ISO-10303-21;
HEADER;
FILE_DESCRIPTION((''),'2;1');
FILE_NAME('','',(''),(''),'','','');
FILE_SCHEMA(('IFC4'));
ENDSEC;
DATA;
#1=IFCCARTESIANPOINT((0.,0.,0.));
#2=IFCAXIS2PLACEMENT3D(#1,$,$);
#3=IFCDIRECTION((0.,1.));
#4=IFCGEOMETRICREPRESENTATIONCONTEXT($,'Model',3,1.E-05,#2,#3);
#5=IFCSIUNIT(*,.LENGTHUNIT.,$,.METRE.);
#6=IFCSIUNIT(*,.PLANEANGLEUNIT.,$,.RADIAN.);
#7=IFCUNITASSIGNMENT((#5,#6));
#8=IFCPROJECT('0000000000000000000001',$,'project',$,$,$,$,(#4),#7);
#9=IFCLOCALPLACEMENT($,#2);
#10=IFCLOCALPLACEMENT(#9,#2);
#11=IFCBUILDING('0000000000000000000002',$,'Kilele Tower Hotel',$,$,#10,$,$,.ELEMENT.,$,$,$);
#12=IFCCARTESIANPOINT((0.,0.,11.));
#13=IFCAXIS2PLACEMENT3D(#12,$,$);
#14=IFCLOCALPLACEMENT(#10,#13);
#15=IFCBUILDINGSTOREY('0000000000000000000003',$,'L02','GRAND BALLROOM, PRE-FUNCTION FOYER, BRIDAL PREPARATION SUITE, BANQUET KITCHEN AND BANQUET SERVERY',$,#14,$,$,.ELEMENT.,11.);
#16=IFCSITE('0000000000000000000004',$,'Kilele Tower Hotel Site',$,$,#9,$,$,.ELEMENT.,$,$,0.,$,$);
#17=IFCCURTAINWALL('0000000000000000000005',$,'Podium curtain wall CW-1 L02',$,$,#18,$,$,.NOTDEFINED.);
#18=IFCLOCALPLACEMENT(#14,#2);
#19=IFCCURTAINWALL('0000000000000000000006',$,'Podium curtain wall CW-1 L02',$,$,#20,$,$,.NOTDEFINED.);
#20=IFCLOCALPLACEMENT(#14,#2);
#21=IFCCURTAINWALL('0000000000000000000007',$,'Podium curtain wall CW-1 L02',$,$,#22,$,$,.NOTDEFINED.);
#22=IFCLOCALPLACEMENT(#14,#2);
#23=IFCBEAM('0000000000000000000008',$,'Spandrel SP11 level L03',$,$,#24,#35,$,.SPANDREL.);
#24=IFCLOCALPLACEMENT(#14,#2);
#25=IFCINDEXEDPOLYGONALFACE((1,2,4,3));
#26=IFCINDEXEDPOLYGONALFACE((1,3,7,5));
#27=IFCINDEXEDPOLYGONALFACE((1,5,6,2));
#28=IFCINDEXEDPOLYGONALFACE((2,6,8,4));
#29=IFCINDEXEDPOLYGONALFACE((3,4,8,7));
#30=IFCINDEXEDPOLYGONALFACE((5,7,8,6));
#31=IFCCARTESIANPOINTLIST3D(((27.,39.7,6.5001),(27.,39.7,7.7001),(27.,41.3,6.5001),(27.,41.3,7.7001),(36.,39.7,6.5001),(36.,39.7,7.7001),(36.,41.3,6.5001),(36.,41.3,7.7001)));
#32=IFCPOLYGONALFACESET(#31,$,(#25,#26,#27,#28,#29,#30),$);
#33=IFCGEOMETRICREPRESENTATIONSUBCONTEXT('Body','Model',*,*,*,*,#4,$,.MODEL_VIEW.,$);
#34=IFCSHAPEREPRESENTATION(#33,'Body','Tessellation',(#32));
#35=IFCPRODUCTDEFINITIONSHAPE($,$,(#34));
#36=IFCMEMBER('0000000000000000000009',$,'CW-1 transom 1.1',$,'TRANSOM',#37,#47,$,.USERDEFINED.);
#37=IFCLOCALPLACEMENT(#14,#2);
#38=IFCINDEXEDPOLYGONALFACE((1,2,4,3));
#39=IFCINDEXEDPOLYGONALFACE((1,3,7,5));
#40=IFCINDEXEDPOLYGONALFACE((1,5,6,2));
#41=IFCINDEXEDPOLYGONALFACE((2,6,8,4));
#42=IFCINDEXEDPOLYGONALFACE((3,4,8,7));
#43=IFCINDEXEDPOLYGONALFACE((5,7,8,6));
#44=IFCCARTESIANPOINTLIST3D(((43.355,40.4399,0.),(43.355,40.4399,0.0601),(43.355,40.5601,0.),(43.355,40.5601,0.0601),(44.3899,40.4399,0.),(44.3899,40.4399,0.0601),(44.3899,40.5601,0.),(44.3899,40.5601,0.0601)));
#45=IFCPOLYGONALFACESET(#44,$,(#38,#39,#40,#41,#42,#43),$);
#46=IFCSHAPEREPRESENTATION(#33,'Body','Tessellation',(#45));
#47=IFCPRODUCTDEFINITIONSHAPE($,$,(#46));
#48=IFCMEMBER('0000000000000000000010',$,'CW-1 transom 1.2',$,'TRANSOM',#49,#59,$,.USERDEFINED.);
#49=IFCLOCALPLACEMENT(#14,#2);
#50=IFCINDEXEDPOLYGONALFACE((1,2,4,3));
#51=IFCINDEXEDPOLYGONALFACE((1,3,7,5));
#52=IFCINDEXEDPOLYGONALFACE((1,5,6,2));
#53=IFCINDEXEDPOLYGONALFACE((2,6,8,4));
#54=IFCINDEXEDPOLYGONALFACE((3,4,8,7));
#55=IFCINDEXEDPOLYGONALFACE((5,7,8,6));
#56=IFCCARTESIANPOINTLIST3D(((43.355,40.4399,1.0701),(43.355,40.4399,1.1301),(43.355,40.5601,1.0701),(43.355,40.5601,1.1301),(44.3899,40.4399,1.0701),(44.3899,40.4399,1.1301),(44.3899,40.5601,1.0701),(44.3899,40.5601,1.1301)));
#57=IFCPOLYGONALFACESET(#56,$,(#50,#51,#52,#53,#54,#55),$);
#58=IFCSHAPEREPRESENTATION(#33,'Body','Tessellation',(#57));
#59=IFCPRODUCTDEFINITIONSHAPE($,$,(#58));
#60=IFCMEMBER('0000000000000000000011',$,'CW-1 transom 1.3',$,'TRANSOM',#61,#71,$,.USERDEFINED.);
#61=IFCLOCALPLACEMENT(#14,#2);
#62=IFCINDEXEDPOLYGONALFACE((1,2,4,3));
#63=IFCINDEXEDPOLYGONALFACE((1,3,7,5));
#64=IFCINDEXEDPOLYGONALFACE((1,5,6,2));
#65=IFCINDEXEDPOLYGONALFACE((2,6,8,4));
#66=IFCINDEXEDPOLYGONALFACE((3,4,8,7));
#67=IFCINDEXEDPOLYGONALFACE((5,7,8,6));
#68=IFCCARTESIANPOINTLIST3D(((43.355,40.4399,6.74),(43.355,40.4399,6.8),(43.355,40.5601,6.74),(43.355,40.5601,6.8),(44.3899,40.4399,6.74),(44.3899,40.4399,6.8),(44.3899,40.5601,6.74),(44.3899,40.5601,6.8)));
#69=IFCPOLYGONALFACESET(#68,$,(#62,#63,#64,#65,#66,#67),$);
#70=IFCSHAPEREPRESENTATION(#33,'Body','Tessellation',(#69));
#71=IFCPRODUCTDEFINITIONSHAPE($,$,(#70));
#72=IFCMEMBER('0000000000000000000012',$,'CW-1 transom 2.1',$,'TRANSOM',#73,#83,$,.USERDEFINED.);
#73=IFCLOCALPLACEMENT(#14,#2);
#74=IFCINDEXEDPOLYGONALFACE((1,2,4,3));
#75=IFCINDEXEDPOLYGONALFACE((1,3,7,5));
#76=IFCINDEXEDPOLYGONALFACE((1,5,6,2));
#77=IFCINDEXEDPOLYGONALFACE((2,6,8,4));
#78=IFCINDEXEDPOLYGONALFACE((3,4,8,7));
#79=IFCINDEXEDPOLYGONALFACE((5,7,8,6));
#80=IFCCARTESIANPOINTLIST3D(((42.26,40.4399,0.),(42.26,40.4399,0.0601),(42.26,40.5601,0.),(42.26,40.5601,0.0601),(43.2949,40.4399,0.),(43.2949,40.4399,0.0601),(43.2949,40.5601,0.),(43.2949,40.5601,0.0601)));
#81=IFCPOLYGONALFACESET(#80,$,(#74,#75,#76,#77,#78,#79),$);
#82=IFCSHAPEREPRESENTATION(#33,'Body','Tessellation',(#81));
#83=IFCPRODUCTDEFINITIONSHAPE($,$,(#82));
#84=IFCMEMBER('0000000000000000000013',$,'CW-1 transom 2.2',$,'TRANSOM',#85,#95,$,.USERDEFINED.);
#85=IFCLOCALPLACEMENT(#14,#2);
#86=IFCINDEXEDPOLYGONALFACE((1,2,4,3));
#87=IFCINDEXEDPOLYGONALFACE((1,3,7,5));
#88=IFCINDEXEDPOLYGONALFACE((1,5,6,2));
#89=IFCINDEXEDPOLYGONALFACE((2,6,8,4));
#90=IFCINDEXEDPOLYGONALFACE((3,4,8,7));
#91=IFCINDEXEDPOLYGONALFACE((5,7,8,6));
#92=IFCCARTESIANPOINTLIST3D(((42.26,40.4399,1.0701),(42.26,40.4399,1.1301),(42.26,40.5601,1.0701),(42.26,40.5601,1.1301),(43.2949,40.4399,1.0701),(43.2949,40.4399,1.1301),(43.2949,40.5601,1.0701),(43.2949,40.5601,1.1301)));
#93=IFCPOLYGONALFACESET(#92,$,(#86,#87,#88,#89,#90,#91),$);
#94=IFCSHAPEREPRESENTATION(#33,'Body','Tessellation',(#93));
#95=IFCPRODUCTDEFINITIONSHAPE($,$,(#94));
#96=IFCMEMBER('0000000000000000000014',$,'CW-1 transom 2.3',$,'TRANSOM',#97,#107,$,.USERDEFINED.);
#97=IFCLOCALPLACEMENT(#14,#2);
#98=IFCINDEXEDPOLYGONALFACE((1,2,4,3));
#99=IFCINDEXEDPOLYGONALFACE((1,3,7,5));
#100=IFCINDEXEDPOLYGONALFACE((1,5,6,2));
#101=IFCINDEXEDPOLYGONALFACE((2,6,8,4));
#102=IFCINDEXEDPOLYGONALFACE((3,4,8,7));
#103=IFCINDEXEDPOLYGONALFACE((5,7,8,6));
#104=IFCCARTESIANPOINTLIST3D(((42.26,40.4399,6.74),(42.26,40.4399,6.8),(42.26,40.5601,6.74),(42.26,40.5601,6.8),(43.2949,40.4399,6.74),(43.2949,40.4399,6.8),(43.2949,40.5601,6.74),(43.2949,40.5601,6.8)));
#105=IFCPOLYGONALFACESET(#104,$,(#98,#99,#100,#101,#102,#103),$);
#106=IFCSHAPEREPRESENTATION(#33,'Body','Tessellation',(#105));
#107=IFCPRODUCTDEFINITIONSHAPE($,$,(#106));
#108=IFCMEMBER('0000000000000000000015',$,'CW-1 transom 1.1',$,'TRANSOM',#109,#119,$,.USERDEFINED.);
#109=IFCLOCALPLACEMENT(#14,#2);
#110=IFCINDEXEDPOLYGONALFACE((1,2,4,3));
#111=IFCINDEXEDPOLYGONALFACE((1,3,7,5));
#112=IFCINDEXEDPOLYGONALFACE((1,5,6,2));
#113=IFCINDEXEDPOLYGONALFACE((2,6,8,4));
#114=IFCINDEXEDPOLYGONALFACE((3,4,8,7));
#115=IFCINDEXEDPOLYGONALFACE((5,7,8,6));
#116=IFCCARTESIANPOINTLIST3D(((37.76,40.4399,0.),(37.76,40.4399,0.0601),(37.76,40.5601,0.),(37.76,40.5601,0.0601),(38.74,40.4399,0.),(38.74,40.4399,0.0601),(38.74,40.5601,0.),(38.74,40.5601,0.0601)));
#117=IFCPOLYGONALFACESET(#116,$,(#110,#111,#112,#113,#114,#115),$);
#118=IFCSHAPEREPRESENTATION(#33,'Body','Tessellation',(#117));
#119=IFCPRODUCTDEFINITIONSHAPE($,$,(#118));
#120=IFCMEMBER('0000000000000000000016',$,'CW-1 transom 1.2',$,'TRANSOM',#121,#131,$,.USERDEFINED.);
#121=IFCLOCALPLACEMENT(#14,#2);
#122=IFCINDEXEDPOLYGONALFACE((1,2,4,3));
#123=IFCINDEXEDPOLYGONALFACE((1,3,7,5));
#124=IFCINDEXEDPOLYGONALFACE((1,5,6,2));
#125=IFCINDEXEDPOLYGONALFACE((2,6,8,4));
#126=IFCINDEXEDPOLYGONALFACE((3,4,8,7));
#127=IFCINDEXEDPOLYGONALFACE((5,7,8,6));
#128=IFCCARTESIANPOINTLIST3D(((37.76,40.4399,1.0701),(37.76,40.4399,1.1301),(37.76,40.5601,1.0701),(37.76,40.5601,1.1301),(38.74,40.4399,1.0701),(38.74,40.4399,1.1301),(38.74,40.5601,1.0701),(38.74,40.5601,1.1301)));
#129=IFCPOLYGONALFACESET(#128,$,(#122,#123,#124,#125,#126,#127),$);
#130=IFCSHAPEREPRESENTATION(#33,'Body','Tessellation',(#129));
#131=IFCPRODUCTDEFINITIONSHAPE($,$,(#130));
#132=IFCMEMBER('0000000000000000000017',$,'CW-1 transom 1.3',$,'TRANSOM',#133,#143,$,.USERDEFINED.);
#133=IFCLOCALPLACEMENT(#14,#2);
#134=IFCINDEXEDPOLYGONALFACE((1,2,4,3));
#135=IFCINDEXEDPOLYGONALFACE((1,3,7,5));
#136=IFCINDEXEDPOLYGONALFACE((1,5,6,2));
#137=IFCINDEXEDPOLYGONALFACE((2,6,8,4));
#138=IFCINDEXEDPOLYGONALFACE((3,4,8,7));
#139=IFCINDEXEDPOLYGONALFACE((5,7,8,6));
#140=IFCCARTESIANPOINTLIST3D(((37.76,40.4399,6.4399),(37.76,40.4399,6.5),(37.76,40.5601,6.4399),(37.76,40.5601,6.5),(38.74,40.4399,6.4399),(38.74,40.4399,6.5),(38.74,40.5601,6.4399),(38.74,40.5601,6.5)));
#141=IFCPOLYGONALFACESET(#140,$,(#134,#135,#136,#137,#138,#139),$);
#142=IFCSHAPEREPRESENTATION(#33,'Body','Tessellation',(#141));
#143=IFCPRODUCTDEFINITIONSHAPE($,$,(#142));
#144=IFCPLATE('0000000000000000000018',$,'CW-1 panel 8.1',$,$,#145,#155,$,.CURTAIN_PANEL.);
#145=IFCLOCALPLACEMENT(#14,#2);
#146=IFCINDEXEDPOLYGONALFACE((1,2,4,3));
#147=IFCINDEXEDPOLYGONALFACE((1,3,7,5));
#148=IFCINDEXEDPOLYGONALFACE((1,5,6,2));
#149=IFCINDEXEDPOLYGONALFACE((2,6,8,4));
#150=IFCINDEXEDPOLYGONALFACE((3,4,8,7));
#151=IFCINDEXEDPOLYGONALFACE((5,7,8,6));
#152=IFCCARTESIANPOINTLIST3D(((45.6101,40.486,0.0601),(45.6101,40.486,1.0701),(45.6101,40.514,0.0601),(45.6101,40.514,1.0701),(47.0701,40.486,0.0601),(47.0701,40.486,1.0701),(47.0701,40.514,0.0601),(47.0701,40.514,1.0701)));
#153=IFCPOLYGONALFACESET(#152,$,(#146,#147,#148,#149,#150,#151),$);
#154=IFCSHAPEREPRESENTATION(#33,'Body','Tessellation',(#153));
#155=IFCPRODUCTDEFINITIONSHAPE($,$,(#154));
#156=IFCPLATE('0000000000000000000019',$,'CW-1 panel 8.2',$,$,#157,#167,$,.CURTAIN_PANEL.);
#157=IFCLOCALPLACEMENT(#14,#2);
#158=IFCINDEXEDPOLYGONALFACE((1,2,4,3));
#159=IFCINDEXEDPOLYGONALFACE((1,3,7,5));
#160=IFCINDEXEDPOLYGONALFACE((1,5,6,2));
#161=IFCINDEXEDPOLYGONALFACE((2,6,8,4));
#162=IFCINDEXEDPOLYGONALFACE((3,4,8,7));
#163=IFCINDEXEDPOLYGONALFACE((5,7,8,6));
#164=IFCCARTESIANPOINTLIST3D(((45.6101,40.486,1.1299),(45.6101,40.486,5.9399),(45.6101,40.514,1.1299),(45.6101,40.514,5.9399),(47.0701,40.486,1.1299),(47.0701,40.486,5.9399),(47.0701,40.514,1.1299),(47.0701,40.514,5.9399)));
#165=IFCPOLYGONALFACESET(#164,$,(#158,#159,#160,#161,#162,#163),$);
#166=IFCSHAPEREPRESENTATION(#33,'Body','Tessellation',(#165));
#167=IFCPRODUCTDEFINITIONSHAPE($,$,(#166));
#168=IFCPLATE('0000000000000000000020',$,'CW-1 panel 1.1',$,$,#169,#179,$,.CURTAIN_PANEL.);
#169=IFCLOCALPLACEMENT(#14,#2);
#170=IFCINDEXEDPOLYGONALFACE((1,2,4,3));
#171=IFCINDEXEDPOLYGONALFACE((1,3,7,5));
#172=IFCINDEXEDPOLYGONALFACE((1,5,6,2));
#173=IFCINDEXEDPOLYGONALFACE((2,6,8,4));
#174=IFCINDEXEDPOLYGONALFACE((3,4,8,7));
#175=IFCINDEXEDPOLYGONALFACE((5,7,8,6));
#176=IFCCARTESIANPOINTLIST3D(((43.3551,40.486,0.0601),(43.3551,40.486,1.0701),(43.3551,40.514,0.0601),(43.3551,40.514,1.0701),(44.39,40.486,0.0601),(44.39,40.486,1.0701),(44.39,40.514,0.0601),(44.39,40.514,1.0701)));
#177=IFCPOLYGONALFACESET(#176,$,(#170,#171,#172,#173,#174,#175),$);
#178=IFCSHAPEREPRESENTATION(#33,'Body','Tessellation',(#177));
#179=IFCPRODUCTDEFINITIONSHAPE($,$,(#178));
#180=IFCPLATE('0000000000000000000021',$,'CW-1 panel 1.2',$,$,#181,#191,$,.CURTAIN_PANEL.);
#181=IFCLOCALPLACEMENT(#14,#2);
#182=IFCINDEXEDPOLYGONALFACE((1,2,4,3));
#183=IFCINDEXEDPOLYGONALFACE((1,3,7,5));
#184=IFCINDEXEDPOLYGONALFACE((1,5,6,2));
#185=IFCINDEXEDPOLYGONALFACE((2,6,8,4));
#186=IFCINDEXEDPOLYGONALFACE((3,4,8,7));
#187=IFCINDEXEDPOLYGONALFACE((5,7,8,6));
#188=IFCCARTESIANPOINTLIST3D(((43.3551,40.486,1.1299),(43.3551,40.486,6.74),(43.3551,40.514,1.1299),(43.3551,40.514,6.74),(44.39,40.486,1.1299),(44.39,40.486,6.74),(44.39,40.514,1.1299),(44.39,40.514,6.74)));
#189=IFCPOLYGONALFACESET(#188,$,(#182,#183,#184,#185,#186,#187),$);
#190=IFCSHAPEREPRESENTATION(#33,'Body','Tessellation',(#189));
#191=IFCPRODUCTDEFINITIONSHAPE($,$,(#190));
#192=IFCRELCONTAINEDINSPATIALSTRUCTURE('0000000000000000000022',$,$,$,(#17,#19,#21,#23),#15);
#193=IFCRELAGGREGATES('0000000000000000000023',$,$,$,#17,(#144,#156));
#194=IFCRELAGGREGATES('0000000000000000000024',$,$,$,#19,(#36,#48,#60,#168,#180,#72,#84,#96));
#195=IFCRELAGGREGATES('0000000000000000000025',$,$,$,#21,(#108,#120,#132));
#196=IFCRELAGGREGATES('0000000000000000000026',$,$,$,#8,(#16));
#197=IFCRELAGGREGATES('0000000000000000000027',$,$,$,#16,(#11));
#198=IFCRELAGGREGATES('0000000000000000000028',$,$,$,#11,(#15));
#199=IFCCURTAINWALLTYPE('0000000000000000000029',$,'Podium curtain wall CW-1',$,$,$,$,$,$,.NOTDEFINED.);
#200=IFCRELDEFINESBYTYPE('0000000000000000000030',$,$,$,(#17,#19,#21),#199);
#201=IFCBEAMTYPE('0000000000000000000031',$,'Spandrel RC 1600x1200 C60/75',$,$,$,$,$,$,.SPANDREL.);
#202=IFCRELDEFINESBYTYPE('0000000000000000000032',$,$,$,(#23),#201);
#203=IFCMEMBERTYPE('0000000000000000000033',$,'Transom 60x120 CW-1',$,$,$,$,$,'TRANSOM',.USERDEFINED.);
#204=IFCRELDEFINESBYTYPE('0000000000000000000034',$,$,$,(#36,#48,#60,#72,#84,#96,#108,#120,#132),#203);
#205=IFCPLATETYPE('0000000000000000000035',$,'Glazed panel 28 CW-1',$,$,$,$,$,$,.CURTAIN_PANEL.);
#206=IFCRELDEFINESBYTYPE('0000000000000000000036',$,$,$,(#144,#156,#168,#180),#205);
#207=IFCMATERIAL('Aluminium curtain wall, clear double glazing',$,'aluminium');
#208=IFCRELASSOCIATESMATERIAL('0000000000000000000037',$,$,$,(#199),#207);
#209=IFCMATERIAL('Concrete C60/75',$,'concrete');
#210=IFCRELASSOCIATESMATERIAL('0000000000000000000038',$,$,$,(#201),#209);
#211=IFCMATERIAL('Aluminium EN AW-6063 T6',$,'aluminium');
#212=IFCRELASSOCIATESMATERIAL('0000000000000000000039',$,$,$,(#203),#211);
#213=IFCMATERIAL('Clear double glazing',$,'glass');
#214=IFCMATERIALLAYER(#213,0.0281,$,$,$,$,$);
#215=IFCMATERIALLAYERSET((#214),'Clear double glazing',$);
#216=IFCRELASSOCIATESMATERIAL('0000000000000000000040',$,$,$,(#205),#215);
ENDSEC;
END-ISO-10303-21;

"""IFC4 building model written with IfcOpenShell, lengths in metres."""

from ifc_helpers import new_model, si_unit, direction, frame, origin, origin_2d, place, context, subcontext, project, spatial, rectangle, extrude, material, layer, layer_set, material_profile, profile_set, type_object, element, aggregate, save


model = new_model("IFC4")

# Units and contexts
model_context = context("Model", 3, precision=1e-05, world=origin(), true_north=direction((0.0, 1.0)))
body_context = subcontext(model_context, "Body", "Model", "MODEL_VIEW")
ifc_project = project(units=[si_unit("LENGTHUNIT", "METRE"), si_unit("PLANEANGLEUNIT", "RADIAN")], contexts=[model_context])

# Site, building, storey
site_placement = place(None, origin())
site = spatial("IfcSite", under=ifc_project, at=site_placement, Name="Kilele Tower Hotel Site", CompositionType="ELEMENT", RefElevation=0.0)
building_placement = place(site_placement, origin())
building = spatial("IfcBuilding", under=site, at=building_placement, Name="Kilele Tower Hotel", CompositionType="ELEMENT")
storey_placement = place(building_placement, frame((0.0, 0.0, 11.0)))
storey = spatial("IfcBuildingStorey", under=building, at=storey_placement, Name="L02", Description="GRAND BALLROOM, PRE-FUNCTION FOYER, BRIDAL PREPARATION SUITE, BANQUET KITCHEN AND BANQUET SERVERY", CompositionType="ELEMENT", Elevation=11.0)

# Curtain wall
ifc_material_1 = material(Name="Aluminium curtain wall, clear double glazing", Category="aluminium")
curtain_wall_type = type_object("IfcCurtainWallType", Name="Podium curtain wall CW-1", PredefinedType="NOTDEFINED", material=ifc_material_1)
curtain_wall_1_placement = place(storey_placement, origin())
curtain_wall_1 = element("IfcCurtainWall", 1, at=curtain_wall_1_placement, inside=storey, type_object=curtain_wall_type, Name="Podium curtain wall CW-1 L02", PredefinedType="NOTDEFINED")

# Curtain walls
curtain_wall_2_placement = place(storey_placement, origin())
curtain_wall_2 = element("IfcCurtainWall", 2, at=curtain_wall_2_placement, inside=storey, type_object=curtain_wall_type, Name="Podium curtain wall CW-1 L02", PredefinedType="NOTDEFINED")
curtain_wall_3_placement = place(storey_placement, origin())
curtain_wall_3 = element("IfcCurtainWall", 3, at=curtain_wall_3_placement, inside=storey, type_object=curtain_wall_type, Name="Podium curtain wall CW-1 L02", PredefinedType="NOTDEFINED")

# Beam
ifc_material_2 = material(Name="Concrete C60/75", Category="concrete")
ifc_material_profile_1 = material_profile(ifc_material_2, rectangle(XDim=1.6001, YDim=1.2, at=origin_2d()))
ifc_profile_set_1 = profile_set([ifc_material_profile_1], Name="Concrete C60/75")
beam_type_1 = type_object("IfcBeamType", Name="Spandrel RC 1600x1200 C60/75", PredefinedType="SPANDREL", material=ifc_profile_set_1)
beam_1_placement = place(storey_placement, frame((36.0, 40.5, 7.1001), z_axis=(-1.0, 0.0, 0.0), x_axis=(0.0, -1.0, 0.0)))
element("IfcBeam", 4, at=beam_1_placement, inside=storey, type_object=beam_type_1, Name="Spandrel SP11 level L03", PredefinedType="SPANDREL", context=body_context, shape_type="SweptSolid", body=[
    extrude(rectangle(XDim=1.6001, YDim=1.2, at=origin_2d()), origin(), (0.0, 0.0, 1.0), 9.0),
])

# Members
ifc_material_3 = material(Name="Aluminium EN AW-6063 T6", Category="aluminium")
ifc_material_profile_2 = material_profile(ifc_material_3, rectangle(XDim=0.1201, YDim=0.0601, at=origin_2d()))
ifc_profile_set_2 = profile_set([ifc_material_profile_2], Name="Aluminium EN AW-6063 T6")
member_type_1 = type_object("IfcMemberType", Name="Transom 60x120 CW-1", ElementType="TRANSOM", PredefinedType="USERDEFINED", material=ifc_profile_set_2)
member_1_placement = place(storey_placement, frame((44.3899, 40.5, 0.03), z_axis=(-1.0, 0.0, 0.0), x_axis=(0.0, -1.0, 0.0)))
member_1 = element("IfcMember", 5, at=member_1_placement, type_object=member_type_1, Name="CW-1 transom 1.1", ObjectType="TRANSOM", PredefinedType="USERDEFINED", context=body_context, shape_type="SweptSolid", body=[
    extrude(rectangle(XDim=0.1201, YDim=0.0601, at=origin_2d()), origin(), (0.0, 0.0, 1.0), 1.0349),
])
member_2_placement = place(storey_placement, frame((44.3899, 40.5, 1.1001), z_axis=(-1.0, 0.0, 0.0), x_axis=(0.0, -1.0, 0.0)))
member_2 = element("IfcMember", 6, at=member_2_placement, type_object=member_type_1, Name="CW-1 transom 1.2", ObjectType="TRANSOM", PredefinedType="USERDEFINED", context=body_context, shape_type="SweptSolid", body=[
    extrude(rectangle(XDim=0.1201, YDim=0.0601, at=origin_2d()), origin(), (0.0, 0.0, 1.0), 1.0349),
])
member_3_placement = place(storey_placement, frame((44.3899, 40.5, 6.77), z_axis=(-1.0, 0.0, 0.0), x_axis=(0.0, -1.0, 0.0)))
member_3 = element("IfcMember", 7, at=member_3_placement, type_object=member_type_1, Name="CW-1 transom 1.3", ObjectType="TRANSOM", PredefinedType="USERDEFINED", context=body_context, shape_type="SweptSolid", body=[
    extrude(rectangle(XDim=0.1201, YDim=0.0601, at=origin_2d()), origin(), (0.0, 0.0, 1.0), 1.0349),
])
member_4_placement = place(storey_placement, frame((43.2949, 40.5, 0.03), z_axis=(-1.0, 0.0, 0.0), x_axis=(0.0, -1.0, 0.0)))
member_4 = element("IfcMember", 8, at=member_4_placement, type_object=member_type_1, Name="CW-1 transom 2.1", ObjectType="TRANSOM", PredefinedType="USERDEFINED", context=body_context, shape_type="SweptSolid", body=[
    extrude(rectangle(XDim=0.1201, YDim=0.0601, at=origin_2d()), origin(), (0.0, 0.0, 1.0), 1.0349),
])
member_5_placement = place(storey_placement, frame((43.2949, 40.5, 1.1001), z_axis=(-1.0, 0.0, 0.0), x_axis=(0.0, -1.0, 0.0)))
member_5 = element("IfcMember", 9, at=member_5_placement, type_object=member_type_1, Name="CW-1 transom 2.2", ObjectType="TRANSOM", PredefinedType="USERDEFINED", context=body_context, shape_type="SweptSolid", body=[
    extrude(rectangle(XDim=0.1201, YDim=0.0601, at=origin_2d()), origin(), (0.0, 0.0, 1.0), 1.0349),
])
member_6_placement = place(storey_placement, frame((43.2949, 40.5, 6.77), z_axis=(-1.0, 0.0, 0.0), x_axis=(0.0, -1.0, 0.0)))
member_6 = element("IfcMember", 10, at=member_6_placement, type_object=member_type_1, Name="CW-1 transom 2.3", ObjectType="TRANSOM", PredefinedType="USERDEFINED", context=body_context, shape_type="SweptSolid", body=[
    extrude(rectangle(XDim=0.1201, YDim=0.0601, at=origin_2d()), origin(), (0.0, 0.0, 1.0), 1.0349),
])
member_7_placement = place(storey_placement, frame((38.74, 40.5, 0.03), z_axis=(-1.0, 0.0, 0.0), x_axis=(0.0, -1.0, 0.0)))
member_7 = element("IfcMember", 11, at=member_7_placement, type_object=member_type_1, Name="CW-1 transom 1.1", ObjectType="TRANSOM", PredefinedType="USERDEFINED", context=body_context, shape_type="SweptSolid", body=[
    extrude(rectangle(XDim=0.1201, YDim=0.0601, at=origin_2d()), origin(), (0.0, 0.0, 1.0), 0.98),
])
member_8_placement = place(storey_placement, frame((38.74, 40.5, 1.1001), z_axis=(-1.0, 0.0, 0.0), x_axis=(0.0, -1.0, 0.0)))
member_8 = element("IfcMember", 12, at=member_8_placement, type_object=member_type_1, Name="CW-1 transom 1.2", ObjectType="TRANSOM", PredefinedType="USERDEFINED", context=body_context, shape_type="SweptSolid", body=[
    extrude(rectangle(XDim=0.1201, YDim=0.0601, at=origin_2d()), origin(), (0.0, 0.0, 1.0), 0.98),
])
member_9_placement = place(storey_placement, frame((38.74, 40.5, 6.47), z_axis=(-1.0, 0.0, 0.0), x_axis=(0.0, -1.0, 0.0)))
member_9 = element("IfcMember", 13, at=member_9_placement, type_object=member_type_1, Name="CW-1 transom 1.3", ObjectType="TRANSOM", PredefinedType="USERDEFINED", context=body_context, shape_type="SweptSolid", body=[
    extrude(rectangle(XDim=0.1201, YDim=0.0601, at=origin_2d()), origin(), (0.0, 0.0, 1.0), 0.98),
])

# Plates
ifc_material_4 = material(Name="Clear double glazing", Category="glass")
ifc_layer = layer(ifc_material_4, 0.0281)
ifc_layer_set = layer_set([ifc_layer], Name="Clear double glazing")
plate_type = type_object("IfcPlateType", Name="Glazed panel 28 CW-1", PredefinedType="CURTAIN_PANEL", material=ifc_layer_set)
plate_1_placement = place(storey_placement, frame((46.3401, 40.5, 0.0601), z_axis=(0.0, 0.0, 1.0), x_axis=(-1.0, 0.0, 0.0)))
plate_1 = element("IfcPlate", 14, at=plate_1_placement, type_object=plate_type, Name="CW-1 panel 8.1", PredefinedType="CURTAIN_PANEL", context=body_context, shape_type="SweptSolid", body=[
    extrude(rectangle(XDim=1.46, YDim=0.0281, at=origin_2d()), origin(), (0.0, 0.0, 1.0), 1.01),
])
plate_2_placement = place(storey_placement, frame((46.3401, 40.5, 1.1299), z_axis=(0.0, 0.0, 1.0), x_axis=(-1.0, 0.0, 0.0)))
plate_2 = element("IfcPlate", 15, at=plate_2_placement, type_object=plate_type, Name="CW-1 panel 8.2", PredefinedType="CURTAIN_PANEL", context=body_context, shape_type="SweptSolid", body=[
    extrude(rectangle(XDim=1.46, YDim=0.0281, at=origin_2d()), origin(), (0.0, 0.0, 1.0), 4.8101),
])
aggregate(curtain_wall_1, [plate_1, plate_2])
plate_3_placement = place(storey_placement, frame((43.8726, 40.5, 0.0601), z_axis=(0.0, 0.0, 1.0), x_axis=(-1.0, 0.0, 0.0)))
plate_3 = element("IfcPlate", 16, at=plate_3_placement, type_object=plate_type, Name="CW-1 panel 1.1", PredefinedType="CURTAIN_PANEL", context=body_context, shape_type="SweptSolid", body=[
    extrude(rectangle(XDim=1.0349, YDim=0.0281, at=origin_2d()), origin(), (0.0, 0.0, 1.0), 1.01),
])
plate_4_placement = place(storey_placement, frame((43.8726, 40.5, 1.1299), z_axis=(0.0, 0.0, 1.0), x_axis=(-1.0, 0.0, 0.0)))
plate_4 = element("IfcPlate", 17, at=plate_4_placement, type_object=plate_type, Name="CW-1 panel 1.2", PredefinedType="CURTAIN_PANEL", context=body_context, shape_type="SweptSolid", body=[
    extrude(rectangle(XDim=1.0349, YDim=0.0281, at=origin_2d()), origin(), (0.0, 0.0, 1.0), 5.6101),
])
aggregate(curtain_wall_2, [member_1, member_2, member_3, plate_3, plate_4, member_4, member_5, member_6])
aggregate(curtain_wall_3, [member_7, member_8, member_9])

save(model, "model.ifc")
